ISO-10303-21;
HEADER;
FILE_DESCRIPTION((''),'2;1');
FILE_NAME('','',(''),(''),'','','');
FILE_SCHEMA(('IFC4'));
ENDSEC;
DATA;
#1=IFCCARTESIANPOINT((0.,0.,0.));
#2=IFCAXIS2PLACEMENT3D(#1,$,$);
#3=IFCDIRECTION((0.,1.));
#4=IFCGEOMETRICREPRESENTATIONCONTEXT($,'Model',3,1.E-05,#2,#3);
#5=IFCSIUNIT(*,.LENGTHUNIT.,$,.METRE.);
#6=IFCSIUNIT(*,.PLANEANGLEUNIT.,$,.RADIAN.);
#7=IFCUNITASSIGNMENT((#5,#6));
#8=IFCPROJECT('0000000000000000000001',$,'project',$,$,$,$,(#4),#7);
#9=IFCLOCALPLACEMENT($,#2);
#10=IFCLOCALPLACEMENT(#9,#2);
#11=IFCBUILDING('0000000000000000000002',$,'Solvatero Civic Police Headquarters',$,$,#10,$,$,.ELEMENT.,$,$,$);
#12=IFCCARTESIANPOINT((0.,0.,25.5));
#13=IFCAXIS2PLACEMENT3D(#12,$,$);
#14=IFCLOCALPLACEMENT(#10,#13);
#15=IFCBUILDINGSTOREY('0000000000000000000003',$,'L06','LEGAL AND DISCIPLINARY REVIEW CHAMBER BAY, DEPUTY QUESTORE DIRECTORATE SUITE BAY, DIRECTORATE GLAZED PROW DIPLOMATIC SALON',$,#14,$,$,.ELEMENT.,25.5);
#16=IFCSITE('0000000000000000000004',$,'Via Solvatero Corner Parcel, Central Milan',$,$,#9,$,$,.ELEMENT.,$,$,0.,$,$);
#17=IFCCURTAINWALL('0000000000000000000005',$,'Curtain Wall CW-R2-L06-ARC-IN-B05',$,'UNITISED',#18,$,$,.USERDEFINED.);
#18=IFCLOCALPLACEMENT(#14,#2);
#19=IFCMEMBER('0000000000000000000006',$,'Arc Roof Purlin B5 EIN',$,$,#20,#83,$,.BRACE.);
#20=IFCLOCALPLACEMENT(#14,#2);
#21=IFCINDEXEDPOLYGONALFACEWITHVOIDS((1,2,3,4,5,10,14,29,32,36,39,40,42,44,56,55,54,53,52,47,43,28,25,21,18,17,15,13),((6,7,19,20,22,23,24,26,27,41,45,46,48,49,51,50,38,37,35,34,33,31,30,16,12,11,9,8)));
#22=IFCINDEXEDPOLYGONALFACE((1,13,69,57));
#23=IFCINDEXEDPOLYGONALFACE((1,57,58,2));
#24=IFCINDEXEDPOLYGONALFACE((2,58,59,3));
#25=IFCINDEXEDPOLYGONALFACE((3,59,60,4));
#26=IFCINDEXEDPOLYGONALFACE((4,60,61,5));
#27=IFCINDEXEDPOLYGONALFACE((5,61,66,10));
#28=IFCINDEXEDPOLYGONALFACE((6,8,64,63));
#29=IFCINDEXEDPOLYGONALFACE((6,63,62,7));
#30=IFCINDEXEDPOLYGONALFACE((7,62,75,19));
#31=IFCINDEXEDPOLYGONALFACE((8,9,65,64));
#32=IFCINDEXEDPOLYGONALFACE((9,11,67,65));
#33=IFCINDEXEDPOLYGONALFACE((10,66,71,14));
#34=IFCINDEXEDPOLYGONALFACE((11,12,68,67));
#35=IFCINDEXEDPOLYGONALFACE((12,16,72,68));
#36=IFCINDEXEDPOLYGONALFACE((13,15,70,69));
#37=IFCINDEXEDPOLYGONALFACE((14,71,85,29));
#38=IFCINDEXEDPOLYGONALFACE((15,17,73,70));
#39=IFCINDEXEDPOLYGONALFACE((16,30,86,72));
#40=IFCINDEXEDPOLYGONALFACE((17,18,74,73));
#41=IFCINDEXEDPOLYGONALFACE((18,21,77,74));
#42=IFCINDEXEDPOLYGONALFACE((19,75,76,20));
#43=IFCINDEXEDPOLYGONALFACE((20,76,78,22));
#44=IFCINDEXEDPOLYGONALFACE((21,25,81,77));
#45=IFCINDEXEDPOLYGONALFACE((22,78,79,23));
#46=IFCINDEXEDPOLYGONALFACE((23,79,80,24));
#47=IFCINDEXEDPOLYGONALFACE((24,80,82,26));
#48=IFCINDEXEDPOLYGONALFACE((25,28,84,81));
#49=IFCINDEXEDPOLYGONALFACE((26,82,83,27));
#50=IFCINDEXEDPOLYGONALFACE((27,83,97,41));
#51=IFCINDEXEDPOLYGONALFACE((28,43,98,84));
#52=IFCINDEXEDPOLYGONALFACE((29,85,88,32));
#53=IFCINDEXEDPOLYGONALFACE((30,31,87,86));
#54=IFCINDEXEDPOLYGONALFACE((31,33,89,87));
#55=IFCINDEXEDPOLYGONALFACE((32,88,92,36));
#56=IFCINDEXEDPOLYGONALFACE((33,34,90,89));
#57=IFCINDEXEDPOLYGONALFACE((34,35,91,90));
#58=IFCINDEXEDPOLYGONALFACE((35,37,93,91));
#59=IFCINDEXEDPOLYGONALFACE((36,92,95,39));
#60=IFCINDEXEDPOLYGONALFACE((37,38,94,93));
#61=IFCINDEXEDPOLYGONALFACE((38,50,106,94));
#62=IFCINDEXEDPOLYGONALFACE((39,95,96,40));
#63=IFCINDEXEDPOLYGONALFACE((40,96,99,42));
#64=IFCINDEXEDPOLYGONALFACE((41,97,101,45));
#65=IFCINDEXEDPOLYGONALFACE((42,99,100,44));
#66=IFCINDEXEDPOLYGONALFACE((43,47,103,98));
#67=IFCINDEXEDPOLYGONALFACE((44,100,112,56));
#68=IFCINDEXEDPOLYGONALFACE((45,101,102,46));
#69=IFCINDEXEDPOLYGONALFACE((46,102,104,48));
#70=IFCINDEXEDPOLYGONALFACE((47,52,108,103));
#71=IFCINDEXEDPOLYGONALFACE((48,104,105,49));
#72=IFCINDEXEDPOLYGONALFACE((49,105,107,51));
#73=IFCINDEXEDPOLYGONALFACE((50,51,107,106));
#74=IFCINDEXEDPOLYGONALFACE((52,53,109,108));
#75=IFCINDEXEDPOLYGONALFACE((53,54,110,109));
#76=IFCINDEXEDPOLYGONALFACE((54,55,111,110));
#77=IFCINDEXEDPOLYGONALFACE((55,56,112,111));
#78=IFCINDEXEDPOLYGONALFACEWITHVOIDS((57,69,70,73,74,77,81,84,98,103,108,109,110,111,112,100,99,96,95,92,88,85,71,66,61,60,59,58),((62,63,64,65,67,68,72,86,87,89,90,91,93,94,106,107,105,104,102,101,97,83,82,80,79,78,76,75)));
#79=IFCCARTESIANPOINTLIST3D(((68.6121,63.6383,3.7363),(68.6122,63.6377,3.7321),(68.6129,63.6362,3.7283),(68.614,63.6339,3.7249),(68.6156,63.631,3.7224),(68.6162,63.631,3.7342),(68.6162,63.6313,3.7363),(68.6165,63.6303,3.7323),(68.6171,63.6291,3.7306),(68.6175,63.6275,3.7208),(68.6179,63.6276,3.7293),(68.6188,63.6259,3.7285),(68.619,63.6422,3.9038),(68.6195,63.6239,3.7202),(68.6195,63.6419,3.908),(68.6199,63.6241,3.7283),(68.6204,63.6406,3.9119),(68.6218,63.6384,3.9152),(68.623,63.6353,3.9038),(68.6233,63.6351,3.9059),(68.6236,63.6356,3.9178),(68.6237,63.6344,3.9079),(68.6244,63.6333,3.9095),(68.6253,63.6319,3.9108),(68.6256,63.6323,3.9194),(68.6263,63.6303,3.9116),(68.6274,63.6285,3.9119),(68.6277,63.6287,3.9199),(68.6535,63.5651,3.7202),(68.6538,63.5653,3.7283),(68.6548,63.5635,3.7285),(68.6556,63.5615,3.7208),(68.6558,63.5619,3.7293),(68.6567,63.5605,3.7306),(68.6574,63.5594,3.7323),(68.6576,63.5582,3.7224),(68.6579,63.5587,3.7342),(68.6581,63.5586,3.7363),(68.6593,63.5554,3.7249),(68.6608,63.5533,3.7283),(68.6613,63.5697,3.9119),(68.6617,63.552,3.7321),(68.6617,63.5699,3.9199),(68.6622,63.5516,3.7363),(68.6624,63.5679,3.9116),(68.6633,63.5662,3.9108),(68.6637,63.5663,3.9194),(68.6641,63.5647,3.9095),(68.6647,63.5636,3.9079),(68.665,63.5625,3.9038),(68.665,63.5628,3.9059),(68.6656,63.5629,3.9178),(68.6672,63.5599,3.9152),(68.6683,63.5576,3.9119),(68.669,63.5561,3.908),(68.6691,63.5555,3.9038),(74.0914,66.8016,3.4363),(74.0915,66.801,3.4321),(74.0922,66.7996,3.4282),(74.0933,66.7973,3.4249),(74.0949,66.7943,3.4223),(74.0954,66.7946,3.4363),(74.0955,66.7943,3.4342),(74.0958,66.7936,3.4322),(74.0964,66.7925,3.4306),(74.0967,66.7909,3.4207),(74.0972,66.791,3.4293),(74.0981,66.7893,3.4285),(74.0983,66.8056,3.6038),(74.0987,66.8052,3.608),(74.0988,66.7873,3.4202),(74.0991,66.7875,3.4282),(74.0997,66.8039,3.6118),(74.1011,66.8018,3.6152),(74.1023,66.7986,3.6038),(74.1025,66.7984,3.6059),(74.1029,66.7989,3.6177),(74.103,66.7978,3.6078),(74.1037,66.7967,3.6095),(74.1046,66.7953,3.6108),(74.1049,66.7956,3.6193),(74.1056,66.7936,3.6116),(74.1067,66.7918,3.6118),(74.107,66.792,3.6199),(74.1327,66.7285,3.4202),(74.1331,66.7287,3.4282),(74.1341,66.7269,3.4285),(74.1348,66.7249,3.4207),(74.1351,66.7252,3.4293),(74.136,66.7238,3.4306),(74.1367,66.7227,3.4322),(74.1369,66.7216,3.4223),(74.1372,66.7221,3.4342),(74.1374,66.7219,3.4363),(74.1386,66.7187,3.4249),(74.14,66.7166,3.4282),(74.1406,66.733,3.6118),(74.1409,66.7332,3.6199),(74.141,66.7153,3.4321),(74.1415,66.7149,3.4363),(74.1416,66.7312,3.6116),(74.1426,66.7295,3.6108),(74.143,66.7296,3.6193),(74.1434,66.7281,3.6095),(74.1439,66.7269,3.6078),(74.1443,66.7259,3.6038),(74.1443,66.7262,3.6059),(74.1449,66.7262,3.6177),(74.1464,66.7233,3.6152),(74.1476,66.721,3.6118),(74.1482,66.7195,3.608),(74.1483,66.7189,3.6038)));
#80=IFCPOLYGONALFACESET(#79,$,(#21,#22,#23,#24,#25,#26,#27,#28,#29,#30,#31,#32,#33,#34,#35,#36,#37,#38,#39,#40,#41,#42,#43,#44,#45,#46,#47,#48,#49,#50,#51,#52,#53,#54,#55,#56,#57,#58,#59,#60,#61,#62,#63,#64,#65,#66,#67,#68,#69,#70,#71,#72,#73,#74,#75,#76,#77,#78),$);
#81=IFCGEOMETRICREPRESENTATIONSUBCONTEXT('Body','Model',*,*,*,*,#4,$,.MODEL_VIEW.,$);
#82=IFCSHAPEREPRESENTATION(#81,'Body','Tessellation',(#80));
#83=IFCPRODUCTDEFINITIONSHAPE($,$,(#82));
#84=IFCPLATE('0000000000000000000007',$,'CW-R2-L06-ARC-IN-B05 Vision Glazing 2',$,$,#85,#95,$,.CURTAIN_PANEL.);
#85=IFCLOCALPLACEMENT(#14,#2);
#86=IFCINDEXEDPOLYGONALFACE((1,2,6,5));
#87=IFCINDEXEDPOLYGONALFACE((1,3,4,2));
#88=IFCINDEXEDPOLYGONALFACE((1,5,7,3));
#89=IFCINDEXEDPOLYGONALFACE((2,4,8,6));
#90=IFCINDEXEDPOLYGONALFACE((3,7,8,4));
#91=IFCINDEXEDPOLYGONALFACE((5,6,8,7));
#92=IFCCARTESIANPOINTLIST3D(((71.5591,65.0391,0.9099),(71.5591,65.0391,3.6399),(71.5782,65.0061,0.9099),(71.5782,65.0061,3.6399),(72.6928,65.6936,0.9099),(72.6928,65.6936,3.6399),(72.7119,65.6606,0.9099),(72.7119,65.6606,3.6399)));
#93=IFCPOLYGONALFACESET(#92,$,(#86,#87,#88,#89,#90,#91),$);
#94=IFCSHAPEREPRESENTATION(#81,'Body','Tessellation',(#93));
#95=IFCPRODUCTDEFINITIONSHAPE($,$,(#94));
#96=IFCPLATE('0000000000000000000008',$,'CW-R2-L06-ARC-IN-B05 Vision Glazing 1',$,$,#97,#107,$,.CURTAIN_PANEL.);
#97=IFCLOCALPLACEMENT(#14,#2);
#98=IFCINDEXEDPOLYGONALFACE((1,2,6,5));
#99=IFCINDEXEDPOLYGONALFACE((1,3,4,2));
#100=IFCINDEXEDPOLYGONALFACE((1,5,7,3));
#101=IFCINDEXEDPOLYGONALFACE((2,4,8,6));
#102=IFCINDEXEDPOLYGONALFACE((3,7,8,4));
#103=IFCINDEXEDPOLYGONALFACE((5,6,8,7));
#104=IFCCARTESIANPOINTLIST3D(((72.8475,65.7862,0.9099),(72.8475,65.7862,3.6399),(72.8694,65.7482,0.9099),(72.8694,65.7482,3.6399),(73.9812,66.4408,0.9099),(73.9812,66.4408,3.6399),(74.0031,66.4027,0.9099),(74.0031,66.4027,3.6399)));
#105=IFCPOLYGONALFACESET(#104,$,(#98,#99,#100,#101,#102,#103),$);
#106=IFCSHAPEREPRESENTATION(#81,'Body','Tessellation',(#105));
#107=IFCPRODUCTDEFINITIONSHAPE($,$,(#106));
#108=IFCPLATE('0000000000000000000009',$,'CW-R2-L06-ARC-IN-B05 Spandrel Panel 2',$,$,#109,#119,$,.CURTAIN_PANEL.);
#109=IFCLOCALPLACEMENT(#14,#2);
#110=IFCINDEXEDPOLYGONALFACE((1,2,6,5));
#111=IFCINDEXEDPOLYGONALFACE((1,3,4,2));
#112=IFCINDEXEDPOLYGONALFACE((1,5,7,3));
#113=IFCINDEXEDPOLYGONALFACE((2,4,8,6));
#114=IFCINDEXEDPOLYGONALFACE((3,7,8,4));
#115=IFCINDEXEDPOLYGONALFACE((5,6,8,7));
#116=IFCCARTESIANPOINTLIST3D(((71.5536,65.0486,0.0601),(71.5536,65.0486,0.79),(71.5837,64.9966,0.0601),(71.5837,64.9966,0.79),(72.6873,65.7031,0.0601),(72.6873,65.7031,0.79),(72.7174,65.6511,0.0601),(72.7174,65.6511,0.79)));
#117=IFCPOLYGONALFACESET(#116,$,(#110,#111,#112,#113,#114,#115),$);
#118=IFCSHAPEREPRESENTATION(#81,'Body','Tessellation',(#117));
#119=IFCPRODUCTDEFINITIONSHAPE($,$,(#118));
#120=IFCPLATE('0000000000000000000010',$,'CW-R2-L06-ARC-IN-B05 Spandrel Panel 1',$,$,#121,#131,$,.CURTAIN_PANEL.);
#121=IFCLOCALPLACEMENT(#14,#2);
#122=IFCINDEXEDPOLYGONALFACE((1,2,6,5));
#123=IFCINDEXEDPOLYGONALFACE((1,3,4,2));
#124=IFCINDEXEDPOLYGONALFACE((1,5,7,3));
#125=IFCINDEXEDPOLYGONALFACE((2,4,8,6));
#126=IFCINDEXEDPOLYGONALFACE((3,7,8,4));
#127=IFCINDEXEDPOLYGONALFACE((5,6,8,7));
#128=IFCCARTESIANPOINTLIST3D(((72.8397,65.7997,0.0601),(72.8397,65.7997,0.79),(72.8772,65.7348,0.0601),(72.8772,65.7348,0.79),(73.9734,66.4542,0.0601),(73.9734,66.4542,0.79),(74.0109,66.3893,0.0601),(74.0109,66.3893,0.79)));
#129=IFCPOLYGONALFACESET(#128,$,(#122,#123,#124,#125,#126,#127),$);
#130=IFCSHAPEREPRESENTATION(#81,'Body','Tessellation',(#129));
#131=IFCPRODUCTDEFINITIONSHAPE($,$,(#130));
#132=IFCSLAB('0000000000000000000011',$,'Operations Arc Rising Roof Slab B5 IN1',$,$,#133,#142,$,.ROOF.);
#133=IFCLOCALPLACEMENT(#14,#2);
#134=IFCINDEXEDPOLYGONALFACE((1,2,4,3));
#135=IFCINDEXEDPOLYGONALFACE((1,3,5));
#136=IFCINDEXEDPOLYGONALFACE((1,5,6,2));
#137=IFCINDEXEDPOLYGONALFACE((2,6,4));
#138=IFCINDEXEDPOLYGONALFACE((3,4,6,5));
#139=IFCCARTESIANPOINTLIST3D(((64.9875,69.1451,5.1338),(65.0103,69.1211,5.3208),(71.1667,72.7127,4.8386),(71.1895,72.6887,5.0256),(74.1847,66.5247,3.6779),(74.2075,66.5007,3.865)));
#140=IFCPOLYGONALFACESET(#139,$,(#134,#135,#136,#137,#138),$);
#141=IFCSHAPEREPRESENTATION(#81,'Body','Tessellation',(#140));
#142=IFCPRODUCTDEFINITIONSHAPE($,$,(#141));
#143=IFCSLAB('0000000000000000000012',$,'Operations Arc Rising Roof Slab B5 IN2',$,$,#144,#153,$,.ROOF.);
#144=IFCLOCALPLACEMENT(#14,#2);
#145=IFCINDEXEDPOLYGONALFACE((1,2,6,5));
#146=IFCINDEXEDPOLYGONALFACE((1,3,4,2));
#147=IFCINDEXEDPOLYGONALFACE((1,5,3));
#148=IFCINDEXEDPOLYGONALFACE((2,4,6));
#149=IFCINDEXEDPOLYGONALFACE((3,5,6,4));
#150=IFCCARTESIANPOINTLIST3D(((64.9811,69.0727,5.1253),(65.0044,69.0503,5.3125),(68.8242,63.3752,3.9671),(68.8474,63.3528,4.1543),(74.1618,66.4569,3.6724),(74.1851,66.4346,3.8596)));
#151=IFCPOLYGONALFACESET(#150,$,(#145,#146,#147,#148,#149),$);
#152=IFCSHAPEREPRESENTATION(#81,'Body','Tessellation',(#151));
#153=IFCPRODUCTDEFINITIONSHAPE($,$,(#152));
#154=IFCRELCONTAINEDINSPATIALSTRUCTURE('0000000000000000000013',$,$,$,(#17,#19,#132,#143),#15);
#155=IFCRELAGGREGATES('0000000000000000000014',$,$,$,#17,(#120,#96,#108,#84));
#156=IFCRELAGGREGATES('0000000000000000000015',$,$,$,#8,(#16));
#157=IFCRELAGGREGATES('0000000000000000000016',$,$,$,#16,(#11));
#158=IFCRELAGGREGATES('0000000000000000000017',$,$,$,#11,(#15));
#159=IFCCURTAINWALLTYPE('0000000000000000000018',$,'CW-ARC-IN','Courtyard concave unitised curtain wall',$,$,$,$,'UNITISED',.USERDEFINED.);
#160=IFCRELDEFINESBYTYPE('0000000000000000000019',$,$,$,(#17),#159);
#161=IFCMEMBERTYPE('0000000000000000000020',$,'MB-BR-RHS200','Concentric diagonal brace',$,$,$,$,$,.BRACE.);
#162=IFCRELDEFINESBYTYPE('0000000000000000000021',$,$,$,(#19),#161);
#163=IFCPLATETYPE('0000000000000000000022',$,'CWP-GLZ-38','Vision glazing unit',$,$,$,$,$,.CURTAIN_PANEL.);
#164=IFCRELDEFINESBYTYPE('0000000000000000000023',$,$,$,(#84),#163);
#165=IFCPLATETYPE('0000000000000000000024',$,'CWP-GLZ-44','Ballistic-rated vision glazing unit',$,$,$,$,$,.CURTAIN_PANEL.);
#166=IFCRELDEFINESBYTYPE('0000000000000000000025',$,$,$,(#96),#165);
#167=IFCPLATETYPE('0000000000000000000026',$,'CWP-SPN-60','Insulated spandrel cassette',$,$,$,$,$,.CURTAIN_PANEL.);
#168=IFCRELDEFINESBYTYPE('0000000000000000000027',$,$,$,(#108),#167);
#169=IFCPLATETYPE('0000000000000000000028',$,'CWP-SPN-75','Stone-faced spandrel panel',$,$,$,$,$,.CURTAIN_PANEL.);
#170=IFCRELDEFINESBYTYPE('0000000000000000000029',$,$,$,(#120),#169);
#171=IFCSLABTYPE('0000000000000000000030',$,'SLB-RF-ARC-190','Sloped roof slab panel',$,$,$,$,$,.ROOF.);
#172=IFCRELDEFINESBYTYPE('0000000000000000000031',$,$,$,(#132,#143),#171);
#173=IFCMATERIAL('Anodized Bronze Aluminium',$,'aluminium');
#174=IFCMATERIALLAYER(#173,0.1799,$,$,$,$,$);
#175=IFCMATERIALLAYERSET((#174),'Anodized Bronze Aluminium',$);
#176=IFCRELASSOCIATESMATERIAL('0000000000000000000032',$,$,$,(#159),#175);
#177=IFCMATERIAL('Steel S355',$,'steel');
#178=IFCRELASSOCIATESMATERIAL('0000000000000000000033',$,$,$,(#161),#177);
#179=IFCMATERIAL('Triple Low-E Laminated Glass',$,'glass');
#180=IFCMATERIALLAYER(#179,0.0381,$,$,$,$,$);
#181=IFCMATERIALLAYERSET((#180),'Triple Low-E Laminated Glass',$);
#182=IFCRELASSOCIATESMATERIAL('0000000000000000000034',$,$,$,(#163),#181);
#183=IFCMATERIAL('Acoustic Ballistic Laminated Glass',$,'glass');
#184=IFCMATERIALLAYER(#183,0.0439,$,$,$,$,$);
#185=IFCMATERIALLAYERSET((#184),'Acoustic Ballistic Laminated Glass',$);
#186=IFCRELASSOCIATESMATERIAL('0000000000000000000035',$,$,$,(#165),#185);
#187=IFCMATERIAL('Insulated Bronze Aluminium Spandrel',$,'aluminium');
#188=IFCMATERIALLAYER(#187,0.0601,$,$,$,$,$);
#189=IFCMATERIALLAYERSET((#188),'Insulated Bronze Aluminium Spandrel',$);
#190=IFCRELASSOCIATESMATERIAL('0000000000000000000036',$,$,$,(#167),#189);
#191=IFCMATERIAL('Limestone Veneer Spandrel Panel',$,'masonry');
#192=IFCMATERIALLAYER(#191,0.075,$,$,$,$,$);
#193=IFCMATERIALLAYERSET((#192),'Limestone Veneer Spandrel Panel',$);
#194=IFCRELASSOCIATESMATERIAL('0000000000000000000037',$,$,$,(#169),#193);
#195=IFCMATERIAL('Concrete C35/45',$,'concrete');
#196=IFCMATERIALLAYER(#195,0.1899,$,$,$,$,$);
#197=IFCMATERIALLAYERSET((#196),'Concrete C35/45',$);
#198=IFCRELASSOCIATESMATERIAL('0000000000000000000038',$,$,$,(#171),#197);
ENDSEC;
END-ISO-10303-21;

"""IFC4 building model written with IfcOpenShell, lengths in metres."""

from ifc_helpers import new_model, si_unit, direction, frame, origin, origin_2d, place, context, subcontext, project, spatial, polyline, rectangle, hollow_rectangle, outline, extrude, material, layer, layer_set, material_profile, profile_set, type_object, element, aggregate, save


model = new_model("IFC4")

# Units and contexts
model_context = context("Model", 3, precision=1e-05, world=origin(), true_north=direction((0.0, 1.0)))
body_context = subcontext(model_context, "Body", "Model", "MODEL_VIEW")
ifc_project = project(units=[si_unit("LENGTHUNIT", "METRE"), si_unit("PLANEANGLEUNIT", "RADIAN")], contexts=[model_context])

# Site, building, storey
site_placement = place(None, origin())
site = spatial("IfcSite", under=ifc_project, at=site_placement, Name="Via Solvatero Corner Parcel, Central Milan", CompositionType="ELEMENT", RefElevation=0.0)
building_placement = place(site_placement, origin())
building = spatial("IfcBuilding", under=site, at=building_placement, Name="Solvatero Civic Police Headquarters", CompositionType="ELEMENT")
storey_placement = place(building_placement, frame((0.0, 0.0, 25.5)))
storey = spatial("IfcBuildingStorey", under=building, at=storey_placement, Name="L06", Description="LEGAL AND DISCIPLINARY REVIEW CHAMBER BAY, DEPUTY QUESTORE DIRECTORATE SUITE BAY, DIRECTORATE GLAZED PROW DIPLOMATIC SALON", CompositionType="ELEMENT", Elevation=25.5)

# Shared definitions
ifc_material_1 = material(Name="Steel S355", Category="steel")

# Curtain wall
ifc_material_2 = material(Name="Anodized Bronze Aluminium", Category="aluminium")
ifc_layer_1 = layer(ifc_material_2, 0.1799)
ifc_layer_set_1 = layer_set([ifc_layer_1], Name="Anodized Bronze Aluminium")
curtain_wall_type = type_object("IfcCurtainWallType", Name="CW-ARC-IN", Description="Courtyard concave unitised curtain wall", ElementType="UNITISED", PredefinedType="USERDEFINED", material=ifc_layer_set_1)
curtain_wall_placement = place(storey_placement, origin())
curtain_wall = element("IfcCurtainWall", 1, at=curtain_wall_placement, inside=storey, type_object=curtain_wall_type, Name="Curtain Wall CW-R2-L06-ARC-IN-B05", ObjectType="UNITISED", PredefinedType="USERDEFINED")

# Member
ifc_material_profile_1 = material_profile(ifc_material_1, hollow_rectangle(XDim=0.1001, YDim=0.2, WallThickness=0.0081, InnerFilletRadius=0.0081, OuterFilletRadius=0.0161, at=origin_2d()), Name="RHS 200x100x8.0")
ifc_profile_set_1 = profile_set([ifc_material_profile_1], Name="Steel S355")
member_type_1 = type_object("IfcMemberType", Name="MB-BR-RHS200", Description="Concentric diagonal brace", PredefinedType="BRACE", material=ifc_profile_set_1)
member_1_placement = place(storey_placement, frame((74.1199, 66.7603, 3.52), z_axis=(-0.865061, -0.499425, 0.047372), x_axis=(0.499986, -0.866033, 0.0)))
element("IfcMember", 2, at=member_1_placement, inside=storey, type_object=member_type_1, Name="Arc Roof Purlin B5 EIN", PredefinedType="BRACE", context=body_context, shape_type="SweptSolid", body=[
    extrude(hollow_rectangle(XDim=0.1001, YDim=0.2, WallThickness=0.0081, InnerFilletRadius=0.0081, OuterFilletRadius=0.0161, at=origin_2d()), origin(), (0.0, 0.0, 1.0), 6.334),
])

# Plates
ifc_material_3 = material(Name="Triple Low-E Laminated Glass", Category="glass")
ifc_layer_2 = layer(ifc_material_3, 0.0381)
ifc_layer_set_2 = layer_set([ifc_layer_2], Name="Triple Low-E Laminated Glass")
plate_type_1 = type_object("IfcPlateType", Name="CWP-GLZ-38", Description="Vision glazing unit", PredefinedType="CURTAIN_PANEL", material=ifc_layer_set_2)
plate_1_placement = place(storey_placement, frame((72.1355, 65.3499, 0.9099), z_axis=(0.0, 0.0, 1.0), x_axis=(-0.866025, -0.5, 0.0)))
plate_1 = element("IfcPlate", 3, at=plate_1_placement, type_object=plate_type_1, Name="CW-R2-L06-ARC-IN-B05 Vision Glazing 2", PredefinedType="CURTAIN_PANEL", context=body_context, shape_type="SweptSolid", body=[
    extrude(rectangle(XDim=1.3091, YDim=0.0381, at=origin_2d()), origin(), (0.0, 0.0, 1.0), 2.73),
])
ifc_material_4 = material(Name="Acoustic Ballistic Laminated Glass", Category="glass")
ifc_layer_3 = layer(ifc_material_4, 0.0439)
ifc_layer_set_3 = layer_set([ifc_layer_3], Name="Acoustic Ballistic Laminated Glass")
plate_type_2 = type_object("IfcPlateType", Name="CWP-GLZ-44", Description="Ballistic-rated vision glazing unit", PredefinedType="CURTAIN_PANEL", material=ifc_layer_set_3)
plate_2_placement = place(storey_placement, frame((73.4253, 66.0945, 0.9099), z_axis=(0.0, 0.0, 1.0), x_axis=(-0.866025, -0.5, 0.0)))
plate_2 = element("IfcPlate", 4, at=plate_2_placement, type_object=plate_type_2, Name="CW-R2-L06-ARC-IN-B05 Vision Glazing 1", PredefinedType="CURTAIN_PANEL", context=body_context, shape_type="SweptSolid", body=[
    extrude(rectangle(XDim=1.3091, YDim=0.0439, at=origin_2d()), origin(), (0.0, 0.0, 1.0), 2.73),
])
ifc_material_5 = material(Name="Insulated Bronze Aluminium Spandrel", Category="aluminium")
ifc_layer_4 = layer(ifc_material_5, 0.0601)
ifc_layer_set_4 = layer_set([ifc_layer_4], Name="Insulated Bronze Aluminium Spandrel")
plate_type_3 = type_object("IfcPlateType", Name="CWP-SPN-60", Description="Insulated spandrel cassette", PredefinedType="CURTAIN_PANEL", material=ifc_layer_set_4)
plate_3_placement = place(storey_placement, frame((72.1355, 65.3499, 0.0601), z_axis=(0.0, 0.0, 1.0), x_axis=(-0.866025, -0.5, 0.0)))
plate_3 = element("IfcPlate", 5, at=plate_3_placement, type_object=plate_type_3, Name="CW-R2-L06-ARC-IN-B05 Spandrel Panel 2", PredefinedType="CURTAIN_PANEL", context=body_context, shape_type="SweptSolid", body=[
    extrude(rectangle(XDim=1.3091, YDim=0.0601, at=origin_2d()), origin(), (0.0, 0.0, 1.0), 0.73),
])
ifc_material_6 = material(Name="Limestone Veneer Spandrel Panel", Category="masonry")
ifc_layer_5 = layer(ifc_material_6, 0.075)
ifc_layer_set_5 = layer_set([ifc_layer_5], Name="Limestone Veneer Spandrel Panel")
plate_type_4 = type_object("IfcPlateType", Name="CWP-SPN-75", Description="Stone-faced spandrel panel", PredefinedType="CURTAIN_PANEL", material=ifc_layer_set_5)
plate_4_placement = place(storey_placement, frame((73.4253, 66.0945, 0.0601), z_axis=(0.0, 0.0, 1.0), x_axis=(-0.866025, -0.5, 0.0)))
plate_4 = element("IfcPlate", 6, at=plate_4_placement, type_object=plate_type_4, Name="CW-R2-L06-ARC-IN-B05 Spandrel Panel 1", PredefinedType="CURTAIN_PANEL", context=body_context, shape_type="SweptSolid", body=[
    extrude(rectangle(XDim=1.3091, YDim=0.075, at=origin_2d()), origin(), (0.0, 0.0, 1.0), 0.73),
])
aggregate(curtain_wall, [plate_4, plate_2, plate_3, plate_1])

# Slabs
ifc_material_7 = material(Name="Concrete C35/45", Category="concrete")
ifc_layer_6 = layer(ifc_material_7, 0.1899)
ifc_layer_set_6 = layer_set([ifc_layer_6], Name="Concrete C35/45")
slab_type = type_object("IfcSlabType", Name="SLB-RF-ARC-190", Description="Sloped roof slab panel", PredefinedType="ROOF", material=ifc_layer_set_6)
slab_1_placement = place(storey_placement, frame((74.2075, 66.5007, 3.865), z_axis=(0.11991, -0.126216, 0.984729), x_axis=(-0.950775, 0.270882, 0.150496)))
element("IfcSlab", 7, at=slab_1_placement, inside=storey, type_object=slab_type, Name="Operations Arc Rising Roof Slab B5 IN1", PredefinedType="ROOF", context=body_context, shape_type="SweptSolid", body=[
    extrude(outline(polyline([(0.0, 0.0), (9.6734, 0.0), (4.7204, -5.1444), (0.0, 0.0)])), origin(), (0.0, 0.0, -1.0), 0.1899),
])
slab_2_placement = place(storey_placement, frame((74.1851, 66.4346, 3.8596), z_axis=(0.122401, -0.117768, 0.985469), x_axis=(-0.865031, -0.499441, 0.047756)))
element("IfcSlab", 8, at=slab_2_placement, inside=storey, type_object=slab_type, Name="Operations Arc Rising Roof Slab B5 IN2", PredefinedType="ROOF", context=body_context, shape_type="SweptSolid", body=[
    extrude(outline(polyline([(0.0, 0.0), (6.1705, 0.0), (6.7045, -6.9489), (0.0, 0.0)])), origin(), (0.0, 0.0, -1.0), 0.1899),
])

save(model, "model.ifc")
